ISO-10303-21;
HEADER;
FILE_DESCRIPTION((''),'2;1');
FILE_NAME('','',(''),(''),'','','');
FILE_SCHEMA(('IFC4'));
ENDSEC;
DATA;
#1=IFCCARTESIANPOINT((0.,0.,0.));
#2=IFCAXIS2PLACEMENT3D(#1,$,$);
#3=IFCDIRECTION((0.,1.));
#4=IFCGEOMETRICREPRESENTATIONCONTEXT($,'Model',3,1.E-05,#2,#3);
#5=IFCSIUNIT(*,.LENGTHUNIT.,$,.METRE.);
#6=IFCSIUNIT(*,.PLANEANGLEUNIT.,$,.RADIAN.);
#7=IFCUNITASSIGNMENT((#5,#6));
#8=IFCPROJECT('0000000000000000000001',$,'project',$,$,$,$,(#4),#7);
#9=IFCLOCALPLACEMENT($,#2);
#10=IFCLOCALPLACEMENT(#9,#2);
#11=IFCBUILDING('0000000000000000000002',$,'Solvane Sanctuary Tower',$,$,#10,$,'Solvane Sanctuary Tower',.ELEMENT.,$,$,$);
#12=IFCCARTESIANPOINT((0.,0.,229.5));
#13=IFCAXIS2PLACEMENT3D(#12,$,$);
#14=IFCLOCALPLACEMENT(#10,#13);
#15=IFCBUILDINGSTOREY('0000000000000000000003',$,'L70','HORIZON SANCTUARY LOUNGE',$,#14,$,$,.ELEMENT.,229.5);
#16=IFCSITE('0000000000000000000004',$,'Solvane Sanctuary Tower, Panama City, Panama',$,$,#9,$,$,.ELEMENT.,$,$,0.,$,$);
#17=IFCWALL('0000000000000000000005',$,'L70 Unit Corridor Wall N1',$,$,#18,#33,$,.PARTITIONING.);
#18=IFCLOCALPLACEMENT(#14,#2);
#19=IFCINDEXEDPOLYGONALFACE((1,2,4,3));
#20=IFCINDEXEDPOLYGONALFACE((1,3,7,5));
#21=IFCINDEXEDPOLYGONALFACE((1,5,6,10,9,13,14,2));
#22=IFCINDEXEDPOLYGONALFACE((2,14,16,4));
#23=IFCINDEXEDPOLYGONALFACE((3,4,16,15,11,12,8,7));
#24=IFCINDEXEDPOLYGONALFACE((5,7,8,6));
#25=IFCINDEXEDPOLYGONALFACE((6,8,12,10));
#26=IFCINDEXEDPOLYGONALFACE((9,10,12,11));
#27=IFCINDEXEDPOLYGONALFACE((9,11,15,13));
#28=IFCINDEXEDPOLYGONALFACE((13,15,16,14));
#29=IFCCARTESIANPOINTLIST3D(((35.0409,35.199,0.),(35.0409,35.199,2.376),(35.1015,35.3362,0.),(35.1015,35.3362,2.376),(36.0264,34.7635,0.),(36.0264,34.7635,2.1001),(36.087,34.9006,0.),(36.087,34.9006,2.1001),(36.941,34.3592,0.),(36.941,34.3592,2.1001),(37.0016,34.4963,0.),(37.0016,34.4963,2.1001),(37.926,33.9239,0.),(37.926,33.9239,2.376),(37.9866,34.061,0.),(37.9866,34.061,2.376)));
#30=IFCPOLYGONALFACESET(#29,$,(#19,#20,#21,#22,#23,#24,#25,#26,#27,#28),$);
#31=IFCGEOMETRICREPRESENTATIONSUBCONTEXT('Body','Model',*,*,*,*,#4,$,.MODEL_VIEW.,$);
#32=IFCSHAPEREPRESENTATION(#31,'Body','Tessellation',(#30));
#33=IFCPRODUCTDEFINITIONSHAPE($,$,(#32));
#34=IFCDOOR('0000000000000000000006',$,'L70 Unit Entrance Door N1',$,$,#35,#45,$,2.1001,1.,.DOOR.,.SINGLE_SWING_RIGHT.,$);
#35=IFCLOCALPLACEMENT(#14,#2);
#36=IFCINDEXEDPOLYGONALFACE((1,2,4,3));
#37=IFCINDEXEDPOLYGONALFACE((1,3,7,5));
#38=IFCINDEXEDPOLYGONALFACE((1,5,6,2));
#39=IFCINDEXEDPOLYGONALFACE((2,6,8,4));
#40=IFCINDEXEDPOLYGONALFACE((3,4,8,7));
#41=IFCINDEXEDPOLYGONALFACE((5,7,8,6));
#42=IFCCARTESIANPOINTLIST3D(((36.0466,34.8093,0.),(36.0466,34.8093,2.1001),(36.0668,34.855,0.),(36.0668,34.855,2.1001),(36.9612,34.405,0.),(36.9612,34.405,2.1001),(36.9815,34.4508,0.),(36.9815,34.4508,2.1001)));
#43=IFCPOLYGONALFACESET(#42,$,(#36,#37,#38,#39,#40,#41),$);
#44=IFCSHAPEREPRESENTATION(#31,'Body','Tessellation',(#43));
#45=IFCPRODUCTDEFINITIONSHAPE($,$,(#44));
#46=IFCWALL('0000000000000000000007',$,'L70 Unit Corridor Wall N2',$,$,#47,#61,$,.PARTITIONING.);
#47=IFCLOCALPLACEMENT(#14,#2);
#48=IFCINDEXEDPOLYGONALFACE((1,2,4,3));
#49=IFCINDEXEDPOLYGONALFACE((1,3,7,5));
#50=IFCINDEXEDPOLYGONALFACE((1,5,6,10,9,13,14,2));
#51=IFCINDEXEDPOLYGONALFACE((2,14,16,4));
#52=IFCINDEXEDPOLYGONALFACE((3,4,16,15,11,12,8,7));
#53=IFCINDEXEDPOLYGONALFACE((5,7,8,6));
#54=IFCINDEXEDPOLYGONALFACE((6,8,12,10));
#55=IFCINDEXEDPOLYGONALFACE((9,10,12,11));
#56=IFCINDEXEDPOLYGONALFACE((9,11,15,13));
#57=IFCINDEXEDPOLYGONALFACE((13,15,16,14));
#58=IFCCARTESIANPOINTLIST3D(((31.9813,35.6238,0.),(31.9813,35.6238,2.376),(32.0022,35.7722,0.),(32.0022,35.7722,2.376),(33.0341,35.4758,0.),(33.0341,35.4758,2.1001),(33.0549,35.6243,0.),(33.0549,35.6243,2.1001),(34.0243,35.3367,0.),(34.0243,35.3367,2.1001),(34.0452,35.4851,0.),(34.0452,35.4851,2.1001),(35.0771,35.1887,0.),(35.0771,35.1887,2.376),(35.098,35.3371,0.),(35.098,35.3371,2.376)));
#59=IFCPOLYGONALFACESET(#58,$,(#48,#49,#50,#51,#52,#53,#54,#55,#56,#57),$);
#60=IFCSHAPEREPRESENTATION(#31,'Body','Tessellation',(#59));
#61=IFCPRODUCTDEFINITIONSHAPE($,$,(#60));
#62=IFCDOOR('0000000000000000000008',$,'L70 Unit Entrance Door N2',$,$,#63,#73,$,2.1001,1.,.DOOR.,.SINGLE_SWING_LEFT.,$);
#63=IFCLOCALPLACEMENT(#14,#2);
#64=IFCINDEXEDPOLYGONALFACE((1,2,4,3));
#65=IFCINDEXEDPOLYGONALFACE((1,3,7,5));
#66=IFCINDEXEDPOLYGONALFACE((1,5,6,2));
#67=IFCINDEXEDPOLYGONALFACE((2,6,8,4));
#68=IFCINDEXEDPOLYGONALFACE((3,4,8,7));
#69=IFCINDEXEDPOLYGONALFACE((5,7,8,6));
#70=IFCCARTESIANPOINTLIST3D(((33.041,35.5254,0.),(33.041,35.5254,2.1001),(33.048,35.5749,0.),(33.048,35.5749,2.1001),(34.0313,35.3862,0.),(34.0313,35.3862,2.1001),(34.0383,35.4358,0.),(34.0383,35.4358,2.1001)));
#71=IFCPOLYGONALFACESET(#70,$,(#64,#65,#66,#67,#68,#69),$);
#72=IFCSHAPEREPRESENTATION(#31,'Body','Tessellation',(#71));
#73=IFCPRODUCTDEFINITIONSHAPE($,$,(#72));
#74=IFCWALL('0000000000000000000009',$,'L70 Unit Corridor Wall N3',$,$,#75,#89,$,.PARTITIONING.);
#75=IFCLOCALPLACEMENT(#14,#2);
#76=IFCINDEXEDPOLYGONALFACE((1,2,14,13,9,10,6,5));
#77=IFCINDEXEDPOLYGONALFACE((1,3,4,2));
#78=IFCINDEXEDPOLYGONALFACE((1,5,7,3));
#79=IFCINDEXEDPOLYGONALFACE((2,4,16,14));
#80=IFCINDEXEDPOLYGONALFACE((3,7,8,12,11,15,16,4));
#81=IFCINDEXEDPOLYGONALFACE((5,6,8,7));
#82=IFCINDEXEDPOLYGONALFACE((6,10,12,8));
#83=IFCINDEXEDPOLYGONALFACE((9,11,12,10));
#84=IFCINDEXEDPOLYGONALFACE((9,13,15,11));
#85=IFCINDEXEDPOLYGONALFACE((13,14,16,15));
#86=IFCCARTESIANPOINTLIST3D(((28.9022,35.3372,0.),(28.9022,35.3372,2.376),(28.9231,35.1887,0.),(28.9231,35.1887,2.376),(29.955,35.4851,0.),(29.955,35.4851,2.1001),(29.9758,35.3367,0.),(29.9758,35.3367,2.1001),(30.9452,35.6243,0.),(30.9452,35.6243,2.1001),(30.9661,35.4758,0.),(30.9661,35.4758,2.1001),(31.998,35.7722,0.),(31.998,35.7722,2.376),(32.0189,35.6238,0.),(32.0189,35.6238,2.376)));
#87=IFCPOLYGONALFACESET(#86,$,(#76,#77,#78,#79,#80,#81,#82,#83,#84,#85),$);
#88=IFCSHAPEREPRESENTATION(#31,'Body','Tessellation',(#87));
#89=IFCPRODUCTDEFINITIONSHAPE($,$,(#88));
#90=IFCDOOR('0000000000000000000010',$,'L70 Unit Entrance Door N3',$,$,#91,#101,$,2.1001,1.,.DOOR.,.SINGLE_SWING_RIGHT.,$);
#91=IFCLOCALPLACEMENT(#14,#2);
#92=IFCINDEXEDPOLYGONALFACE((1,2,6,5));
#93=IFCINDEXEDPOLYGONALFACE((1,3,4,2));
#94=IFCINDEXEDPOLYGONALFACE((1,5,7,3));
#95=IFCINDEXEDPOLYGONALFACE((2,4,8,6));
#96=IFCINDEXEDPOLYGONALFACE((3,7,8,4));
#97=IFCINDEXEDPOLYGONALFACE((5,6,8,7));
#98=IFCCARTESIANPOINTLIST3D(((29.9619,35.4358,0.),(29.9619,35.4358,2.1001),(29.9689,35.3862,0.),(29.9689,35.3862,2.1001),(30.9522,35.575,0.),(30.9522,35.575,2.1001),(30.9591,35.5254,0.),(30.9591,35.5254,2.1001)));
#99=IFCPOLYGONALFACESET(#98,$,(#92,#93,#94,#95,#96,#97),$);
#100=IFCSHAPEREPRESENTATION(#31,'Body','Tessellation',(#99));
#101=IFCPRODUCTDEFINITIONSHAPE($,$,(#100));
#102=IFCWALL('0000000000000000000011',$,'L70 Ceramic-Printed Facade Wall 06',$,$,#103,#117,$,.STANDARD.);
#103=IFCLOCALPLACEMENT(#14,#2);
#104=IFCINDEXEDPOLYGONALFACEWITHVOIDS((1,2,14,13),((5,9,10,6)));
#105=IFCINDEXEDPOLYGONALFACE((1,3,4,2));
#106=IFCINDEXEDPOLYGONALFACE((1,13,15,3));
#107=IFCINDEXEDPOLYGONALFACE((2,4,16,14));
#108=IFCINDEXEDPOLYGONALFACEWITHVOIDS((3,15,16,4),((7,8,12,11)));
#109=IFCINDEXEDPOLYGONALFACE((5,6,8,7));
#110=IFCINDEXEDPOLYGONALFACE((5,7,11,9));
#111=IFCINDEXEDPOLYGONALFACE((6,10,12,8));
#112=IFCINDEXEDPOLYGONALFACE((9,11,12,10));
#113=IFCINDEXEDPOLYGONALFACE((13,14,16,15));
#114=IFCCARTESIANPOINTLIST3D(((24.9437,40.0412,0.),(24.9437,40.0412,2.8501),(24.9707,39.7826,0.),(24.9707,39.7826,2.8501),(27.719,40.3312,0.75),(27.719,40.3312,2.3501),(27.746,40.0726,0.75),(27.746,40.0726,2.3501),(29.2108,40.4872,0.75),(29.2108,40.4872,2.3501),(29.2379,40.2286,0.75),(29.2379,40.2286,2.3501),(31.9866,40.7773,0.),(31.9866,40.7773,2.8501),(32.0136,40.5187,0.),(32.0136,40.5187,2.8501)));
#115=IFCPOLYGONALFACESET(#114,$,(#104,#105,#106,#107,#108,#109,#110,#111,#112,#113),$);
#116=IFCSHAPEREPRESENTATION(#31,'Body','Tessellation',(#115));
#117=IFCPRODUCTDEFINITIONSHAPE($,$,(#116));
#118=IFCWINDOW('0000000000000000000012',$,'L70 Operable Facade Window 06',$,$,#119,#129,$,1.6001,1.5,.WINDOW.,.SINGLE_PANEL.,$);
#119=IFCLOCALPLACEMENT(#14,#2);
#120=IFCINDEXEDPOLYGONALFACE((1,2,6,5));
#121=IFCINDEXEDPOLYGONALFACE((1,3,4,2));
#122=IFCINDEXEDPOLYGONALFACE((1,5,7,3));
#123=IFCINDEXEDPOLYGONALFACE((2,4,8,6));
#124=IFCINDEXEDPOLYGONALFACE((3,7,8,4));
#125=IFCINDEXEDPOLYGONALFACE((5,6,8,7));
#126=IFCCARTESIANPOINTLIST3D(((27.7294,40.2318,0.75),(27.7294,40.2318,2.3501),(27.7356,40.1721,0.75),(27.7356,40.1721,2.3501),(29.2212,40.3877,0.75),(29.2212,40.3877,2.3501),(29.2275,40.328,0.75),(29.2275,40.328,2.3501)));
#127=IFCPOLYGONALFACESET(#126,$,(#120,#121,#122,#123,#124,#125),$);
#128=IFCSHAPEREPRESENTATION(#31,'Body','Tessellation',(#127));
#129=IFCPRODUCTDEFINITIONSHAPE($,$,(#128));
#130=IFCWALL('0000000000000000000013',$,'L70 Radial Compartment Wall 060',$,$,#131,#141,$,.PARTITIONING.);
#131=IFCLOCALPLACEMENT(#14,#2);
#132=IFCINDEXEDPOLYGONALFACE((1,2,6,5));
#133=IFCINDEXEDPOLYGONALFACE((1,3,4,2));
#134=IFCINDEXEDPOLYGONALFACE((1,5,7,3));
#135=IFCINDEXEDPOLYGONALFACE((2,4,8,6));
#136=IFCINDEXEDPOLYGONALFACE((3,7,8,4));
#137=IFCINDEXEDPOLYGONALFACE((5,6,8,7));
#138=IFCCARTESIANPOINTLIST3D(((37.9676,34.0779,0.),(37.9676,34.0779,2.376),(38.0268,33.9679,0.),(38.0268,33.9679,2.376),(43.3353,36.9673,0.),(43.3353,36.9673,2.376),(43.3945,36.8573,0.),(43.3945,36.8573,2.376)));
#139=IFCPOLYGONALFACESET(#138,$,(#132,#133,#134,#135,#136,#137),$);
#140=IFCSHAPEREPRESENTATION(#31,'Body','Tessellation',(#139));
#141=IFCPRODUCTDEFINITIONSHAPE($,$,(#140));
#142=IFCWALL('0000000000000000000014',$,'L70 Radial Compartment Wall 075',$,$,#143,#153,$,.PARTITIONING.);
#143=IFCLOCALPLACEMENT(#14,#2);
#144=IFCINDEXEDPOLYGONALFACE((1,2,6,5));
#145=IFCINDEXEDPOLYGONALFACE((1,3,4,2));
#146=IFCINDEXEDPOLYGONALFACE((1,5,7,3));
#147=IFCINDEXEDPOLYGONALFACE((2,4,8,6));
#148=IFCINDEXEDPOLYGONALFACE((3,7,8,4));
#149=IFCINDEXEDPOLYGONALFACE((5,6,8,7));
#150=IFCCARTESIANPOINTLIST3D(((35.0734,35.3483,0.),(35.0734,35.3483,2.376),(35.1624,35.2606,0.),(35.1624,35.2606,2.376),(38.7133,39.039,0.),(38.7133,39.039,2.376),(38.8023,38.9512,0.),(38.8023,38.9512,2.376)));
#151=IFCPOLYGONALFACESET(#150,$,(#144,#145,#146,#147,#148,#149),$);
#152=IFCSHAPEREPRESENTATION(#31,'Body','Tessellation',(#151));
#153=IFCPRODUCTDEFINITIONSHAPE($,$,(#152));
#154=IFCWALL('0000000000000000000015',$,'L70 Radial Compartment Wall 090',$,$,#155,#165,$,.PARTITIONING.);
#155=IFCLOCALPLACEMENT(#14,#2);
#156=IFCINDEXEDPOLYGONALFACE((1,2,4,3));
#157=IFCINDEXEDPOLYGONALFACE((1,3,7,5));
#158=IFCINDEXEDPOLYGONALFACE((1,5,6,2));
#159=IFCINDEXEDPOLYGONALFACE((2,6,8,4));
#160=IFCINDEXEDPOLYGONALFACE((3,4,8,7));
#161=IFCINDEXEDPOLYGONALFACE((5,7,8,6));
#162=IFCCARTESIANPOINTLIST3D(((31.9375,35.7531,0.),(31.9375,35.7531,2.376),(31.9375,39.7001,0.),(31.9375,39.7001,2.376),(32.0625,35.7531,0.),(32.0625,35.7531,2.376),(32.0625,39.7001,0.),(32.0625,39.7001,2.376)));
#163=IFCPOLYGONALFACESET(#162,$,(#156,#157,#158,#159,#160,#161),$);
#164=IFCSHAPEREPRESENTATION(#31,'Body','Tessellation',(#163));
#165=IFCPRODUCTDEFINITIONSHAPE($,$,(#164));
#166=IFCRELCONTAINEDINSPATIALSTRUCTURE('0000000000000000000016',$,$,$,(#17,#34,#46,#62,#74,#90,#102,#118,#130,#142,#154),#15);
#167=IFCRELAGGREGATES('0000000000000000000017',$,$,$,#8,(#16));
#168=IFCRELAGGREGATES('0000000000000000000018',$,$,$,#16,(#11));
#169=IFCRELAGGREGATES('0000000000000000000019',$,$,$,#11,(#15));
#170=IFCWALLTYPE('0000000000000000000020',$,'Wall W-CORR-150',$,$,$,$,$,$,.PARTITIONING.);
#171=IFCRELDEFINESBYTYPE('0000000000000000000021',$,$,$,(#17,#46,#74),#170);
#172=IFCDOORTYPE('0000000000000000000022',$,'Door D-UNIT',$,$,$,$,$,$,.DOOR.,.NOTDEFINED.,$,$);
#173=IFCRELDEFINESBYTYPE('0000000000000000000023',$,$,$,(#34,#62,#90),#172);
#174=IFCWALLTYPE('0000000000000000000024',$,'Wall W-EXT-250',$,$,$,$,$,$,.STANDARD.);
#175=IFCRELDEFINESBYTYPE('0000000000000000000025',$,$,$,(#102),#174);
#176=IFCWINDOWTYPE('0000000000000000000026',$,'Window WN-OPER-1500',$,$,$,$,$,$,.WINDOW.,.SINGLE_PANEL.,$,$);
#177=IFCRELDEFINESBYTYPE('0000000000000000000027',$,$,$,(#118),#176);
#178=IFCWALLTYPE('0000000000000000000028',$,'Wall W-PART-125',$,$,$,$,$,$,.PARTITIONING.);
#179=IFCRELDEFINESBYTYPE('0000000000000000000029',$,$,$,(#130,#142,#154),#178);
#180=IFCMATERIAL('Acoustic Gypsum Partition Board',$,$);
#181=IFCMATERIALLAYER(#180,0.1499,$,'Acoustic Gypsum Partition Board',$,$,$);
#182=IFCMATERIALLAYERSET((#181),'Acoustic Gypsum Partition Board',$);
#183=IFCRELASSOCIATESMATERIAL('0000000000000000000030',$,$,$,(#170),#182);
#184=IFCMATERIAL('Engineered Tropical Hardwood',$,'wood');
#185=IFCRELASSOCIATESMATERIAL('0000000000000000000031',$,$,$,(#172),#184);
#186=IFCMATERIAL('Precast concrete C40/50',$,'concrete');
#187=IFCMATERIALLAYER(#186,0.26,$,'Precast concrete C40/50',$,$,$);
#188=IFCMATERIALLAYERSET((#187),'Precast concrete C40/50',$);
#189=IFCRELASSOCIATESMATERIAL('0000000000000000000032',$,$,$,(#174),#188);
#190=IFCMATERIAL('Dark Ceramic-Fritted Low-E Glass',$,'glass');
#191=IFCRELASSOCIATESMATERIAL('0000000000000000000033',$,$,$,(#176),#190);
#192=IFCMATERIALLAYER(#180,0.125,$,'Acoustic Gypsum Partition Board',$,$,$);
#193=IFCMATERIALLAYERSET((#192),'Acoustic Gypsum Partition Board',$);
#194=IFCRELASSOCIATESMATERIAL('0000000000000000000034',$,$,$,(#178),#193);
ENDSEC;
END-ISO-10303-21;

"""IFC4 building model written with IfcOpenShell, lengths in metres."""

from ifc_helpers import new_model, si_unit, direction, frame, frame_2d, origin, place, context, subcontext, project, spatial, rectangle, extrude, material, layer, layer_set, type_object, element, fill, save


model = new_model("IFC4")

# Units and contexts
model_context = context("Model", 3, precision=1e-05, world=origin(), true_north=direction((0.0, 1.0)))
body_context = subcontext(model_context, "Body", "Model", "MODEL_VIEW")
ifc_project = project(units=[si_unit("LENGTHUNIT", "METRE"), si_unit("PLANEANGLEUNIT", "RADIAN")], contexts=[model_context])

# Site, building, storey
site_placement = place(None, origin())
site = spatial("IfcSite", under=ifc_project, at=site_placement, Name="Solvane Sanctuary Tower, Panama City, Panama", CompositionType="ELEMENT", RefElevation=0.0)
building_placement = place(site_placement, origin())
building = spatial("IfcBuilding", under=site, at=building_placement, Name="Solvane Sanctuary Tower", LongName="Solvane Sanctuary Tower", CompositionType="ELEMENT")
storey_placement = place(building_placement, frame((0.0, 0.0, 229.5)))
storey = spatial("IfcBuildingStorey", under=building, at=storey_placement, Name="L70", Description="HORIZON SANCTUARY LOUNGE", CompositionType="ELEMENT", Elevation=229.5)

# Shared definitions
ifc_material_1 = material(Name="Acoustic Gypsum Partition Board")
ifc_layer_1 = layer(ifc_material_1, 0.1499, Name="Acoustic Gypsum Partition Board")
ifc_layer_set_1 = layer_set([ifc_layer_1], Name="Acoustic Gypsum Partition Board")
wall_type_1 = type_object("IfcWallType", Name="Wall W-CORR-150", PredefinedType="PARTITIONING", material=ifc_layer_set_1)

# Shared definitions
ifc_material_2 = material(Name="Engineered Tropical Hardwood", Category="wood")

# Walls, openings, doors
wall_1_placement = place(storey_placement, frame((37.9563, 33.9924, 0.0), z_axis=(0.0, 0.0, 1.0), x_axis=(-0.914643, 0.404263, 0.0)))
wall_1 = element("IfcWall", 1, at=wall_1_placement, inside=storey, type_object=wall_type_1, Name="L70 Unit Corridor Wall N1", PredefinedType="PARTITIONING", context=body_context, shape_type="SweptSolid", body=[
    extrude(rectangle(XDim=3.1543, YDim=0.1499, at=frame_2d((1.5771, 0.0))), origin(), (0.0, 0.0, 1.0), 2.376),
])
opening_1_placement = place(wall_1_placement, frame((1.0769, 0.0, 0.0)))
opening_1 = element("IfcOpeningElement", 2, at=opening_1_placement, cuts=wall_1, PredefinedType="OPENING", context=body_context, shape_type="SweptSolid", body=[
    extrude(rectangle(XDim=1.0, YDim=2.1001, at=frame_2d((0.5, 1.05))), frame((0.0, 0.085, 0.0), z_axis=(0.0, -1.0, 0.0), x_axis=(1.0, 0.0, 0.0)), (0.0, 0.0, 1.0), 0.1699),
])
door_type_1 = type_object("IfcDoorType", Name="Door D-UNIT", OperationType="NOTDEFINED", PredefinedType="DOOR", material=ifc_material_2)
door_1_placement = place(opening_1_placement, origin())
door_1 = element("IfcDoor", 3, at=door_1_placement, inside=storey, type_object=door_type_1, Name="L70 Unit Entrance Door N1", OperationType="SINGLE_SWING_RIGHT", OverallHeight=2.1001, OverallWidth=1.0, PredefinedType="DOOR", context=body_context, shape_type="SweptSolid", body=[
    extrude(rectangle(XDim=1.0, YDim=2.1001, at=frame_2d((0.5, 1.05))), frame((0.0, 0.0249, 0.0), z_axis=(0.0, -1.0, 0.0), x_axis=(1.0, 0.0, 0.0)), (0.0, 0.0, 1.0), 0.05),
])
fill(opening_1, door_1)
wall_2_placement = place(storey_placement, frame((35.0874, 35.2629, 0.0), z_axis=(0.0, 0.0, 1.0), x_axis=(-0.990269, 0.139169, 0.0)))
wall_2 = element("IfcWall", 4, at=wall_2_placement, inside=storey, type_object=wall_type_1, Name="L70 Unit Corridor Wall N2", PredefinedType="PARTITIONING", context=body_context, shape_type="SweptSolid", body=[
    extrude(rectangle(XDim=3.1262, YDim=0.1499, at=frame_2d((1.563, 0.0))), origin(), (0.0, 0.0, 1.0), 2.376),
])
opening_2_placement = place(wall_2_placement, frame((1.063, 0.0, 0.0)))
opening_2 = element("IfcOpeningElement", 5, at=opening_2_placement, cuts=wall_2, PredefinedType="OPENING", context=body_context, shape_type="SweptSolid", body=[
    extrude(rectangle(XDim=1.0, YDim=2.1001, at=frame_2d((0.5, 1.05))), frame((0.0, 0.085, 0.0), z_axis=(0.0, -1.0, 0.0), x_axis=(1.0, 0.0, 0.0)), (0.0, 0.0, 1.0), 0.1699),
])
door_2_placement = place(opening_2_placement, origin())
door_2 = element("IfcDoor", 6, at=door_2_placement, inside=storey, type_object=door_type_1, Name="L70 Unit Entrance Door N2", OperationType="SINGLE_SWING_LEFT", OverallHeight=2.1001, OverallWidth=1.0, PredefinedType="DOOR", context=body_context, shape_type="SweptSolid", body=[
    extrude(rectangle(XDim=1.0, YDim=2.1001, at=frame_2d((0.5, 1.05))), frame((0.0, 0.0249, 0.0), z_axis=(0.0, -1.0, 0.0), x_axis=(1.0, 0.0, 0.0)), (0.0, 0.0, 1.0), 0.05),
])
fill(opening_2, door_2)
wall_3_placement = place(storey_placement, frame((32.0083, 35.698, 0.0), z_axis=(0.0, 0.0, 1.0), x_axis=(-0.990269, -0.139169, 0.0)))
wall_3 = element("IfcWall", 7, at=wall_3_placement, inside=storey, type_object=wall_type_1, Name="L70 Unit Corridor Wall N3", PredefinedType="PARTITIONING", context=body_context, shape_type="SweptSolid", body=[
    extrude(rectangle(XDim=3.1262, YDim=0.1499, at=frame_2d((1.563, 0.0))), origin(), (0.0, 0.0, 1.0), 2.376),
])
opening_3_placement = place(wall_3_placement, frame((1.063, 0.0, 0.0)))
opening_3 = element("IfcOpeningElement", 8, at=opening_3_placement, cuts=wall_3, PredefinedType="OPENING", context=body_context, shape_type="SweptSolid", body=[
    extrude(rectangle(XDim=1.0, YDim=2.1001, at=frame_2d((0.5, 1.05))), frame((0.0, 0.085, 0.0), z_axis=(0.0, -1.0, 0.0), x_axis=(1.0, 0.0, 0.0)), (0.0, 0.0, 1.0), 0.1699),
])
door_3_placement = place(opening_3_placement, origin())
door_3 = element("IfcDoor", 9, at=door_3_placement, inside=storey, type_object=door_type_1, Name="L70 Unit Entrance Door N3", OperationType="SINGLE_SWING_RIGHT", OverallHeight=2.1001, OverallWidth=1.0, PredefinedType="DOOR", context=body_context, shape_type="SweptSolid", body=[
    extrude(rectangle(XDim=1.0, YDim=2.1001, at=frame_2d((0.5, 1.05))), frame((0.0, 0.0249, 0.0), z_axis=(0.0, -1.0, 0.0), x_axis=(1.0, 0.0, 0.0)), (0.0, 0.0, 1.0), 0.05),
])
fill(opening_3, door_3)

# Wall, opening, window
ifc_material_3 = material(Name="Precast concrete C40/50", Category="concrete")
ifc_layer_2 = layer(ifc_material_3, 0.26, Name="Precast concrete C40/50")
ifc_layer_set_2 = layer_set([ifc_layer_2], Name="Precast concrete C40/50")
wall_type_2 = type_object("IfcWallType", Name="Wall W-EXT-250", PredefinedType="STANDARD", material=ifc_layer_set_2)
wall_4_placement = place(storey_placement, frame((32.0, 40.6479, 0.0), z_axis=(0.0, 0.0, 1.0), x_axis=(-0.994583, -0.103947, 0.0)))
wall_4 = element("IfcWall", 10, at=wall_4_placement, inside=storey, type_object=wall_type_2, Name="L70 Ceramic-Printed Facade Wall 06", PredefinedType="STANDARD", context=body_context, shape_type="SweptSolid", body=[
    extrude(rectangle(XDim=7.0813, YDim=0.26, at=frame_2d((3.5405, 0.0))), origin(), (0.0, 0.0, 1.0), 2.8501),
])
opening_4_placement = place(wall_4_placement, frame((2.7908, 0.0, 0.75)))
opening_4 = element("IfcOpeningElement", 11, at=opening_4_placement, cuts=wall_4, PredefinedType="OPENING", context=body_context, shape_type="SweptSolid", body=[
    extrude(rectangle(XDim=1.5, YDim=1.6001, at=frame_2d((0.75, 0.8))), frame((0.0, 0.1399, 0.0), z_axis=(0.0, -1.0, 0.0), x_axis=(1.0, 0.0, 0.0)), (0.0, 0.0, 1.0), 0.28),
])
ifc_material_4 = material(Name="Dark Ceramic-Fritted Low-E Glass", Category="glass")
window_type = type_object("IfcWindowType", Name="Window WN-OPER-1500", PartitioningType="SINGLE_PANEL", PredefinedType="WINDOW", material=ifc_material_4)
window_placement = place(opening_4_placement, origin())
window = element("IfcWindow", 12, at=window_placement, inside=storey, type_object=window_type, Name="L70 Operable Facade Window 06", OverallHeight=1.6001, OverallWidth=1.5, PartitioningType="SINGLE_PANEL", PredefinedType="WINDOW", context=body_context, shape_type="SweptSolid", body=[
    extrude(rectangle(XDim=1.5, YDim=1.6001, at=frame_2d((0.75, 0.8))), frame((0.0, 0.03, 0.0), z_axis=(0.0, -1.0, 0.0), x_axis=(1.0, 0.0, 0.0)), (0.0, 0.0, 1.0), 0.0601),
])
fill(opening_4, window)

# Walls
ifc_layer_3 = layer(ifc_material_1, 0.125, Name="Acoustic Gypsum Partition Board")
ifc_layer_set_3 = layer_set([ifc_layer_3], Name="Acoustic Gypsum Partition Board")
wall_type_3 = type_object("IfcWallType", Name="Wall W-PART-125", PredefinedType="PARTITIONING", material=ifc_layer_set_3)
wall_5_placement = place(storey_placement, frame((37.9973, 34.0229, 0.0), z_axis=(0.0, 0.0, 1.0), x_axis=(0.880532, 0.473988, 0.0)))
element("IfcWall", 13, at=wall_5_placement, inside=storey, type_object=wall_type_3, Name="L70 Radial Compartment Wall 060", PredefinedType="PARTITIONING", context=body_context, shape_type="SweptSolid", body=[
    extrude(rectangle(XDim=6.0959, YDim=0.125, at=frame_2d((3.0479, 0.0))), origin(), (0.0, 0.0, 1.0), 2.376),
])
wall_6_placement = place(storey_placement, frame((35.1179, 35.3044, 0.0), z_axis=(0.0, 0.0, 1.0), x_axis=(0.702192, 0.711988, 0.0)))
element("IfcWall", 14, at=wall_6_placement, inside=storey, type_object=wall_type_3, Name="L70 Radial Compartment Wall 075", PredefinedType="PARTITIONING", context=body_context, shape_type="SweptSolid", body=[
    extrude(rectangle(XDim=5.1836, YDim=0.125, at=frame_2d((2.5918, 0.0))), origin(), (0.0, 0.0, 1.0), 2.376),
])
wall_7_placement = place(storey_placement, frame((32.0, 35.7529, 0.0), z_axis=(0.0, 0.0, 1.0), x_axis=(0.0, 1.0, 0.0)))
element("IfcWall", 15, at=wall_7_placement, inside=storey, type_object=wall_type_3, Name="L70 Radial Compartment Wall 090", PredefinedType="PARTITIONING", context=body_context, shape_type="SweptSolid", body=[
    extrude(rectangle(XDim=3.947, YDim=0.125, at=frame_2d((1.9736, 0.0))), origin(), (0.0, 0.0, 1.0), 2.376),
])

save(model, "model.ifc")
